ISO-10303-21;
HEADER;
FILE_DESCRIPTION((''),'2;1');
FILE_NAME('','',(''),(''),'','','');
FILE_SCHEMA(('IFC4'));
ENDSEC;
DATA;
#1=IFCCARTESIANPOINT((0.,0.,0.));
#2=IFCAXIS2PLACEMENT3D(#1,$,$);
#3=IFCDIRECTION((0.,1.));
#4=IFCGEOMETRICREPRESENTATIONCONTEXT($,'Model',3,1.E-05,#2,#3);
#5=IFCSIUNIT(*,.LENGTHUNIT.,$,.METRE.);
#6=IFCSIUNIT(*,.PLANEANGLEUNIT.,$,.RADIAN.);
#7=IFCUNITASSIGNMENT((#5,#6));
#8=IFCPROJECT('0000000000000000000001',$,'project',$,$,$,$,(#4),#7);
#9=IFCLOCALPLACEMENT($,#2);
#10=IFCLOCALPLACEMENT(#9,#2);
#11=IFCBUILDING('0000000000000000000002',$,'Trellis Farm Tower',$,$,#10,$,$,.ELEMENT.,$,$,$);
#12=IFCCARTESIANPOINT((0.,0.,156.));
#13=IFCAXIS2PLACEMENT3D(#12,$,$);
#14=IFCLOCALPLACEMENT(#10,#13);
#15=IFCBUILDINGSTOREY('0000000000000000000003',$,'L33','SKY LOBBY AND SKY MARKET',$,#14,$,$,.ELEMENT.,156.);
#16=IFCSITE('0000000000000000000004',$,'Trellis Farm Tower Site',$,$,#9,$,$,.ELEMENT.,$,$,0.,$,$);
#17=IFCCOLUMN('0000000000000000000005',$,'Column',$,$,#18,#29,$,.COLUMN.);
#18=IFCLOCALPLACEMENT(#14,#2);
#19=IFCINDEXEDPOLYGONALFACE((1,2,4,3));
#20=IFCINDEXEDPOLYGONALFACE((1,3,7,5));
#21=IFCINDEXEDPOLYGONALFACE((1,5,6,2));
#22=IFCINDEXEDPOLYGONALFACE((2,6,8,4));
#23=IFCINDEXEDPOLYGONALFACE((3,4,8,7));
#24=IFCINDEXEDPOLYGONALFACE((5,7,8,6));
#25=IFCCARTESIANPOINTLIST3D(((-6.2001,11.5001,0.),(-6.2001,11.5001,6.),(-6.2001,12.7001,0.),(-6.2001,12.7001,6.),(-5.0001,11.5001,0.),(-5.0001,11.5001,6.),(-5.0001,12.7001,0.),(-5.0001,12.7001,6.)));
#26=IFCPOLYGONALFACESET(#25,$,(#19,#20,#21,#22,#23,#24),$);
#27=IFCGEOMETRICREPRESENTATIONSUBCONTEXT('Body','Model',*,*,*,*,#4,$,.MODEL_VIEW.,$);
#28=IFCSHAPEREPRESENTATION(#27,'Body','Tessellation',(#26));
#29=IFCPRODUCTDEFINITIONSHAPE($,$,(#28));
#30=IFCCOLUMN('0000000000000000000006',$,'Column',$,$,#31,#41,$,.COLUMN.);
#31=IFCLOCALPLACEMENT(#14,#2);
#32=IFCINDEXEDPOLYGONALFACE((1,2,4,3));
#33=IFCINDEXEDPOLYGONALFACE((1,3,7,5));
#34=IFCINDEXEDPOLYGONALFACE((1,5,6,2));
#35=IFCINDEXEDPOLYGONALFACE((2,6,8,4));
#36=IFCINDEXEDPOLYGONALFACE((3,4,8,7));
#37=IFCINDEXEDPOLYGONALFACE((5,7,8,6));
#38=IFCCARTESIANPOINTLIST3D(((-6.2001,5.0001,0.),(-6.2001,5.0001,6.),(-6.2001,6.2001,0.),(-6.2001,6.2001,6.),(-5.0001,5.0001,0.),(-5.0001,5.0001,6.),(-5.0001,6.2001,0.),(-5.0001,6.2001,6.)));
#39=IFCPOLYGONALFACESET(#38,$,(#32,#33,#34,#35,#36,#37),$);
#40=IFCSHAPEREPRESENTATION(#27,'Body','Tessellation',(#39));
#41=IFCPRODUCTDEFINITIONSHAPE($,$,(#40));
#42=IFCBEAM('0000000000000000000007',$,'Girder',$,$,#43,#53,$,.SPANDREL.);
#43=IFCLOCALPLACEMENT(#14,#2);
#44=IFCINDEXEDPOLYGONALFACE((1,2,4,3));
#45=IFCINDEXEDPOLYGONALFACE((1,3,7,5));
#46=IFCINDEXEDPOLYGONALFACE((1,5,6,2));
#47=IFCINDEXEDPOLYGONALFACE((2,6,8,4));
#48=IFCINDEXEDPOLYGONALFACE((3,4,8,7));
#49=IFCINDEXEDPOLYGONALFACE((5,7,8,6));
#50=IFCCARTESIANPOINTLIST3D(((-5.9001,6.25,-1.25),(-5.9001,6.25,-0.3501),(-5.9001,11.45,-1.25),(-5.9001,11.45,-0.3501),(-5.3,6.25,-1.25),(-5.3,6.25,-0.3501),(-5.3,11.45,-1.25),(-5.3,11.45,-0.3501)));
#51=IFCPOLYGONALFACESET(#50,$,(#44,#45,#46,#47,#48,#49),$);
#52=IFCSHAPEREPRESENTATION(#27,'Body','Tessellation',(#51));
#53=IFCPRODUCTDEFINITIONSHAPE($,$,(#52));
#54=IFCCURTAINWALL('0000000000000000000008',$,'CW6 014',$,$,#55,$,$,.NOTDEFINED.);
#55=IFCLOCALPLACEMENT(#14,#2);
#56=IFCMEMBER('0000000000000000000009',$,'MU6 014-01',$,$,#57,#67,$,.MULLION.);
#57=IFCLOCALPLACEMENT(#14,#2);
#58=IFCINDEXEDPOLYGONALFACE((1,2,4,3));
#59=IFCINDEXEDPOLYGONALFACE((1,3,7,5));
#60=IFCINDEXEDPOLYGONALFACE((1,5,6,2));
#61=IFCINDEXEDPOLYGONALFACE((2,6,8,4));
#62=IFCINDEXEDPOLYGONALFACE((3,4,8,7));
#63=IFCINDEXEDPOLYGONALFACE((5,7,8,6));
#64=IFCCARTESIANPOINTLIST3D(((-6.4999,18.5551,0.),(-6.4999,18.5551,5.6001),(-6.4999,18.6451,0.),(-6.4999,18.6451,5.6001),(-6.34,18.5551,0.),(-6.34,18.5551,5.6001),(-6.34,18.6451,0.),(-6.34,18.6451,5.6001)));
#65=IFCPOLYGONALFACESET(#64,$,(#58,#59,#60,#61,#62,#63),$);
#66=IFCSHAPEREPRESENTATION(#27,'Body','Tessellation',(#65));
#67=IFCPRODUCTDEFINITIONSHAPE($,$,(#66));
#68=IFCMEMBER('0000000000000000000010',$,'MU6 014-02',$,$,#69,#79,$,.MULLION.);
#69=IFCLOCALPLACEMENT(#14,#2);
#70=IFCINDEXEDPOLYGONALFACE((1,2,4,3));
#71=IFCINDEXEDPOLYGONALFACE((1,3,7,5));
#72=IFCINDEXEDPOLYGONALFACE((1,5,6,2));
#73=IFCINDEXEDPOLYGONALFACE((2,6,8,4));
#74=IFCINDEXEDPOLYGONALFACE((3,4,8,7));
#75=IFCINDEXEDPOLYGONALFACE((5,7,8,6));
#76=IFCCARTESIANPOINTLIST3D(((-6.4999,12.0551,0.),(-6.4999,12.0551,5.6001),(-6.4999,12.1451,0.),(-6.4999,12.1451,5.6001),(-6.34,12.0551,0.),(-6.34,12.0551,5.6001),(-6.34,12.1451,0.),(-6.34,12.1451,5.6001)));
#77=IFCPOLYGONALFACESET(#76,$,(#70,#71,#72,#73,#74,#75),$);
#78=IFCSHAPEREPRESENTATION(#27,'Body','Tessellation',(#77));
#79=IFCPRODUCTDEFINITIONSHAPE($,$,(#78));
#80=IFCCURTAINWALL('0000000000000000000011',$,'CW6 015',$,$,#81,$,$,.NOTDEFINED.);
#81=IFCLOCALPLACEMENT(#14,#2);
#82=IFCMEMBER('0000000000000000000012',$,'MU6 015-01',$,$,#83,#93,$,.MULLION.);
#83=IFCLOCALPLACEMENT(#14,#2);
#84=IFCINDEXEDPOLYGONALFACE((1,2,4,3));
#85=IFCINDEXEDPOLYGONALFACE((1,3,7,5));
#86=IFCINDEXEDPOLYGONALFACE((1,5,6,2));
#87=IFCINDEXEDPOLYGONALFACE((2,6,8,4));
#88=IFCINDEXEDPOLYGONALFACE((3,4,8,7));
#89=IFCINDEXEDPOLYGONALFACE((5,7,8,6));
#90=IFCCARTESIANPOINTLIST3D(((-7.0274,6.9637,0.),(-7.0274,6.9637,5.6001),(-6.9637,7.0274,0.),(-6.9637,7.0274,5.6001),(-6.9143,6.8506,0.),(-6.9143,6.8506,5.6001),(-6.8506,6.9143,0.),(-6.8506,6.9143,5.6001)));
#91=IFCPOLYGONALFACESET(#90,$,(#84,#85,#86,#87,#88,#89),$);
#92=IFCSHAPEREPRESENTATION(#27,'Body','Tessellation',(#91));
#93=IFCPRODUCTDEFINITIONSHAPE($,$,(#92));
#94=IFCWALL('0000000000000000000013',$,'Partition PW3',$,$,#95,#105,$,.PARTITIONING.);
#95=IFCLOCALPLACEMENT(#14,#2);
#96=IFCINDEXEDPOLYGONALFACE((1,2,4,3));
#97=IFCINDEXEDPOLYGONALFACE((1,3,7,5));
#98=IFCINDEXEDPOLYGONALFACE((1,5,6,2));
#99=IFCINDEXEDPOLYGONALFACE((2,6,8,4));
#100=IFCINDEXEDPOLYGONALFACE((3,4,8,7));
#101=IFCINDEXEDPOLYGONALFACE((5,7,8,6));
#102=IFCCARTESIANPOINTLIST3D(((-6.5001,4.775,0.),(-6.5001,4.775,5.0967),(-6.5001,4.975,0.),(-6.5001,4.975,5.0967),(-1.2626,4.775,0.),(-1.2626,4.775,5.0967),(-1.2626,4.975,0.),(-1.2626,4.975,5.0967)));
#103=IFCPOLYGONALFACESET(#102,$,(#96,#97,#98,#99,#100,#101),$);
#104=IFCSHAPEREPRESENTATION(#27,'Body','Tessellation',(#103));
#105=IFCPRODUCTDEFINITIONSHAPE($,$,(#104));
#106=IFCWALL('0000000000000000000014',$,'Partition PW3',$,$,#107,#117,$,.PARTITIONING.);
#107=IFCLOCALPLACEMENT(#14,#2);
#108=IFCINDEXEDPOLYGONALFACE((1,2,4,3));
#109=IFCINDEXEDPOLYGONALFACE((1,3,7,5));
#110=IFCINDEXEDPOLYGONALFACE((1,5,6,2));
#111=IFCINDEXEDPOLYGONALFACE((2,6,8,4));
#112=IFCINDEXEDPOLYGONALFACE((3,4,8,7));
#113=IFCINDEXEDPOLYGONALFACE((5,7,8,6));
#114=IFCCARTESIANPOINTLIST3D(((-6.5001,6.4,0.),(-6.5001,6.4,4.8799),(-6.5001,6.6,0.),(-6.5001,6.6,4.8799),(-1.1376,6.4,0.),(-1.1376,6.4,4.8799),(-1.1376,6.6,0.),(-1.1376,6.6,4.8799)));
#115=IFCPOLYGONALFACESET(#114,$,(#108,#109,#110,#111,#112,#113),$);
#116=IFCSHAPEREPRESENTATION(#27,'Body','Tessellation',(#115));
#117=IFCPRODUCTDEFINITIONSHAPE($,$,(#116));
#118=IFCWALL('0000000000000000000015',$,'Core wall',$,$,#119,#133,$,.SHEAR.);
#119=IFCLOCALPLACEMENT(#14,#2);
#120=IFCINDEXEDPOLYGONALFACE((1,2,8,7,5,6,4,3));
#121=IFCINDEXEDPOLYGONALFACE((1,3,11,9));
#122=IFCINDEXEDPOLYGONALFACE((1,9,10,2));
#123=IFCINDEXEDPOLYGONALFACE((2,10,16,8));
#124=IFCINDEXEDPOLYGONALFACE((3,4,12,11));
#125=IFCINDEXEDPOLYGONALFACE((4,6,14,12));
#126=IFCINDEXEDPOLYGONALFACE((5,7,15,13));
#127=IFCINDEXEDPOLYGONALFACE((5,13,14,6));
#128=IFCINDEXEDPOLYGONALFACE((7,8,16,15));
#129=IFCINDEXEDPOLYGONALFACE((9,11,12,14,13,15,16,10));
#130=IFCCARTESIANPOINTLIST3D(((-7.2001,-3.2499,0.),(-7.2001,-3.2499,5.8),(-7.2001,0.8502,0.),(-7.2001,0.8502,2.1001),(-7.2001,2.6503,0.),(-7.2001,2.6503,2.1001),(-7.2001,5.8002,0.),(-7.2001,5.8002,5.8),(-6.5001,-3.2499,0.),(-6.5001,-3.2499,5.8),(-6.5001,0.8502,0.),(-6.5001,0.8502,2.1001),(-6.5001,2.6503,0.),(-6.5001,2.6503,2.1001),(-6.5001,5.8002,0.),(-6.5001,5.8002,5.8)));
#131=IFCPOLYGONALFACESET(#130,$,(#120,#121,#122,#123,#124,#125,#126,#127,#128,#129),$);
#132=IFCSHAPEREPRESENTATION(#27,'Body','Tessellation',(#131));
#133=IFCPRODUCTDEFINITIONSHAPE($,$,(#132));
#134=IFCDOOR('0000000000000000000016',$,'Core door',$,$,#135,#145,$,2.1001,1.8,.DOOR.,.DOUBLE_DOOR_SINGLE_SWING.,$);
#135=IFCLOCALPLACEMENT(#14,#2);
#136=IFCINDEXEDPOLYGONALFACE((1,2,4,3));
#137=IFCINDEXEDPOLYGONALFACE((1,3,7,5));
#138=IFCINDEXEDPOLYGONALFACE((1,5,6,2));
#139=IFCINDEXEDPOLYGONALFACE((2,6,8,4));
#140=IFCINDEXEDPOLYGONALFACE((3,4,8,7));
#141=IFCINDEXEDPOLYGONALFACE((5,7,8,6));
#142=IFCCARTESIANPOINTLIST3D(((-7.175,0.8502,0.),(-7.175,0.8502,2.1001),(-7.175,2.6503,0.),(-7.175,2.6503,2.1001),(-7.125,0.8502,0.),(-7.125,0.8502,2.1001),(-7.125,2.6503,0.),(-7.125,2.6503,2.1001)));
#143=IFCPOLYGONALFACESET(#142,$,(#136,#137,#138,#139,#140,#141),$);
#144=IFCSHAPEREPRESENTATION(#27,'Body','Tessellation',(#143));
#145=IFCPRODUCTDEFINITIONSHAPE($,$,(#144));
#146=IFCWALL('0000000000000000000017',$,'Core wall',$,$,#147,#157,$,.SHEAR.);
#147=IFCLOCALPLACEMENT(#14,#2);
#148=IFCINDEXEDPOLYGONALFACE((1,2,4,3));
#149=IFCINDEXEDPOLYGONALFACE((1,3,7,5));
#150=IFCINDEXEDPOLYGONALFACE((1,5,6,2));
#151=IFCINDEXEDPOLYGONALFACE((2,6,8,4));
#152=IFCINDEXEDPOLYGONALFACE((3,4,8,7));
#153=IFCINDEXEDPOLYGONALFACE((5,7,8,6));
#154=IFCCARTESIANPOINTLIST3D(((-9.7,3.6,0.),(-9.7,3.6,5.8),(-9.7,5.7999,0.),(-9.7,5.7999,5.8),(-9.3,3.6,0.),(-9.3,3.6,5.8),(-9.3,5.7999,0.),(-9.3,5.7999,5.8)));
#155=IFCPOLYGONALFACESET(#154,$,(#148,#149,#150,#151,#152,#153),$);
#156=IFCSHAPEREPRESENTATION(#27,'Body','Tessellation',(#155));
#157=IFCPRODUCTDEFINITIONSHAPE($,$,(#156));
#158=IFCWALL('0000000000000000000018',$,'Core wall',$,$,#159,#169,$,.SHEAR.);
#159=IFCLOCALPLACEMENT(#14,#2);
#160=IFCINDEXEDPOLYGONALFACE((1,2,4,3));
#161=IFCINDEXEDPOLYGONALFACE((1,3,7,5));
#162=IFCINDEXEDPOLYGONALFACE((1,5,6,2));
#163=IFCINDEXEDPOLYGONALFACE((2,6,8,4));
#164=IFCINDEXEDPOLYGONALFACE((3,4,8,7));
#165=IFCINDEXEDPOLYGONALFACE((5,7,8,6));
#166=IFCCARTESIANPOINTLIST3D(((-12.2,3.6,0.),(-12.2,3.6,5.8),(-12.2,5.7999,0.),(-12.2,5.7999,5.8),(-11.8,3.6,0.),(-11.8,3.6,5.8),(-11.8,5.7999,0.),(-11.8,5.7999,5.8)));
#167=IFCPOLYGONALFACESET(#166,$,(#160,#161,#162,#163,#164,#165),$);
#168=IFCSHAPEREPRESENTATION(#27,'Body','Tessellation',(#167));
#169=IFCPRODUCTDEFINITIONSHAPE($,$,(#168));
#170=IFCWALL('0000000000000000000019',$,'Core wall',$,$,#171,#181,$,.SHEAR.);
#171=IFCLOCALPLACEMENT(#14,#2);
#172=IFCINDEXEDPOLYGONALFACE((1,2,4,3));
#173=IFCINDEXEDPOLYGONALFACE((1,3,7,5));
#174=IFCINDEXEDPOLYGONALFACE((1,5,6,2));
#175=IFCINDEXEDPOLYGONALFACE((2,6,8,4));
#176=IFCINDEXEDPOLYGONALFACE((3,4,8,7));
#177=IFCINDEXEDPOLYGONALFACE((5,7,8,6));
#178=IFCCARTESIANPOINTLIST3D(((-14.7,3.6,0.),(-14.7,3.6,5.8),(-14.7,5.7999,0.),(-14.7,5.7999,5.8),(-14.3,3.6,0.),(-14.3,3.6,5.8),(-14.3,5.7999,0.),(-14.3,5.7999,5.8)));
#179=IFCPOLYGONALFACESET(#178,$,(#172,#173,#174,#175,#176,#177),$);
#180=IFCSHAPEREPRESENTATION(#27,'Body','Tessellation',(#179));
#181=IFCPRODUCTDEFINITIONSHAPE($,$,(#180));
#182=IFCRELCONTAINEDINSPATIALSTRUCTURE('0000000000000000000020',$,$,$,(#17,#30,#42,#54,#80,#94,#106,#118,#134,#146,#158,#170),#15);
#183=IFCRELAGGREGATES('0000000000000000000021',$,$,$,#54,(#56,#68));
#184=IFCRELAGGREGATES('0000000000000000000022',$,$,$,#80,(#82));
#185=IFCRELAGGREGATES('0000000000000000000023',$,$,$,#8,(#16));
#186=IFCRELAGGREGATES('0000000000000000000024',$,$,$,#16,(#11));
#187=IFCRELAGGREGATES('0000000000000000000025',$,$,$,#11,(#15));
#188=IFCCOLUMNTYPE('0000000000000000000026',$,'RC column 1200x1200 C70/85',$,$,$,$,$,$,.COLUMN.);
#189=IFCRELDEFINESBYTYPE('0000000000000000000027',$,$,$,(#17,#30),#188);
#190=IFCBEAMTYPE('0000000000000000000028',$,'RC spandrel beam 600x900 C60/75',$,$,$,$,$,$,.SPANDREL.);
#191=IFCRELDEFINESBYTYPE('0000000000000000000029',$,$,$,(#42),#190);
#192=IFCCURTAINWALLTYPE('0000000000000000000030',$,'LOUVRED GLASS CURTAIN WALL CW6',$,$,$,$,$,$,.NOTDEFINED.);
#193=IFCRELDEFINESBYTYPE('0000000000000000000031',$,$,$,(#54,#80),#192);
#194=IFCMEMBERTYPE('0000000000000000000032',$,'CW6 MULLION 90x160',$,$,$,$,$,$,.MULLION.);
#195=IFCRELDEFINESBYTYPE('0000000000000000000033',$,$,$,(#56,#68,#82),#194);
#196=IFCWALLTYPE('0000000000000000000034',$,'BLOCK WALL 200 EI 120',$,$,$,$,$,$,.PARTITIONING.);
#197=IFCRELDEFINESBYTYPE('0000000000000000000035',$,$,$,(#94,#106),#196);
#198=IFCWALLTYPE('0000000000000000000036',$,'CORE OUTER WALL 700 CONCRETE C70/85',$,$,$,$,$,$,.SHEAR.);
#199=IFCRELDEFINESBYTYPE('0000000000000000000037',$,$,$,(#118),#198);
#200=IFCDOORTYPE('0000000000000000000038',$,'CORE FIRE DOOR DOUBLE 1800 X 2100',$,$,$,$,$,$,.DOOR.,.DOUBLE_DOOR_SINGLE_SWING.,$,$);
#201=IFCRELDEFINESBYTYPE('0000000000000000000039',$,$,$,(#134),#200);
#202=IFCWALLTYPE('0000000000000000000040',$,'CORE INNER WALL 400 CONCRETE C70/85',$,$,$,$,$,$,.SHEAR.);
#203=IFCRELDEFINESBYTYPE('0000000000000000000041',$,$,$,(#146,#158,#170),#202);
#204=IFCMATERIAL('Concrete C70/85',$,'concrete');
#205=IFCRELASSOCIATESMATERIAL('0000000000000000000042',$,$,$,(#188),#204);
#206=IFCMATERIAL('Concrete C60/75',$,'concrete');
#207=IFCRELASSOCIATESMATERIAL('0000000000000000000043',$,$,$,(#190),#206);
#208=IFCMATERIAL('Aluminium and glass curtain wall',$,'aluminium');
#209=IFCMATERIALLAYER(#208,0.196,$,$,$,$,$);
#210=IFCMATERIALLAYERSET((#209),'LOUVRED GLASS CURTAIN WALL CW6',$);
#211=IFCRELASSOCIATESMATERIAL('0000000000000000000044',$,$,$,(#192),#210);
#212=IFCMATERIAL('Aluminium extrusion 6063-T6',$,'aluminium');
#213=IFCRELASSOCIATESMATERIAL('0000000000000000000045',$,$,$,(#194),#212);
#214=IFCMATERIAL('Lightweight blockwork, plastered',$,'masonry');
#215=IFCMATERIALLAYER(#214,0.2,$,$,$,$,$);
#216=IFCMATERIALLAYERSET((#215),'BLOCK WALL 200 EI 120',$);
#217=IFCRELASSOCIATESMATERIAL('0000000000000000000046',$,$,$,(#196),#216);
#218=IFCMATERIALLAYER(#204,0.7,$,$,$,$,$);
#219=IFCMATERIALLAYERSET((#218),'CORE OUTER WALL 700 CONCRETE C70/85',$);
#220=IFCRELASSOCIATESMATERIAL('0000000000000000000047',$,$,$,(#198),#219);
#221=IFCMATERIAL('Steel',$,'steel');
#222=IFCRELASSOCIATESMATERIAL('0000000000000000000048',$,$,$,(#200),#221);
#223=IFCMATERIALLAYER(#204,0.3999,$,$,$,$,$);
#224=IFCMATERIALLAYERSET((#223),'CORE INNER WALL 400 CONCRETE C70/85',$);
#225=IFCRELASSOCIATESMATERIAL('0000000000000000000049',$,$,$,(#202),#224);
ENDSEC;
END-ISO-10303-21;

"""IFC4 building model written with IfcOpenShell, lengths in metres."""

from ifc_helpers import new_model, si_unit, direction, frame, frame_2d, origin, origin_2d, place, context, subcontext, project, spatial, rectangle, extrude, source, transform, mapped, material, layer, layer_set, material_profile, profile_set, type_object, element, fill, aggregate, save


model = new_model("IFC4")

# Units and contexts
model_context = context("Model", 3, precision=1e-05, world=origin(), true_north=direction((0.0, 1.0)))
body_context = subcontext(model_context, "Body", "Model", "MODEL_VIEW")
ifc_project = project(units=[si_unit("LENGTHUNIT", "METRE"), si_unit("PLANEANGLEUNIT", "RADIAN")], contexts=[model_context])

# Site, building, storey
site_placement = place(None, origin())
site = spatial("IfcSite", under=ifc_project, at=site_placement, Name="Trellis Farm Tower Site", CompositionType="ELEMENT", RefElevation=0.0)
building_placement = place(site_placement, origin())
building = spatial("IfcBuilding", under=site, at=building_placement, Name="Trellis Farm Tower", CompositionType="ELEMENT")
storey_placement = place(building_placement, frame((0.0, 0.0, 156.0)))
storey = spatial("IfcBuildingStorey", under=building, at=storey_placement, Name="L33", Description="SKY LOBBY AND SKY MARKET", CompositionType="ELEMENT", Elevation=156.0)

# Columns
ifc_material_1 = material(Name="Concrete C70/85", Category="concrete")
ifc_material_profile_1 = material_profile(ifc_material_1, rectangle(XDim=1.2, YDim=1.2, at=origin_2d()), Name="RC column 1200x1200 C70/85")
ifc_profile_set_1 = profile_set([ifc_material_profile_1], Name="Concrete C70/85")
column_type = type_object("IfcColumnType", Name="RC column 1200x1200 C70/85", PredefinedType="COLUMN", material=ifc_profile_set_1)
shared_shape_1 = source(origin(), body_context, "Body", "SweptSolid", [
    extrude(rectangle(XDim=1.2, YDim=1.2, at=origin_2d()), origin(), (0.0, 0.0, 1.0), 6.0),
])
for number, where, z_axis, x_axis, name in (
    (1, (-5.6001, 12.1001, 0.0), (0.0, 0.0, 1.0), (1.0, 0.0, 0.0), "Column"),
    (2, (-5.6001, 5.6001, 0.0), (0.0, 0.0, 1.0), (1.0, 0.0, 0.0), "Column"),
):
    element("IfcColumn", number, at=place(storey_placement, frame(where, z_axis=z_axis, x_axis=x_axis)), inside=storey, type_object=column_type, Name=name, PredefinedType="COLUMN", context=body_context, shape_type="MappedRepresentation", body=[
        mapped(shared_shape_1, transform((0.0, 0.0, 0.0))),
    ])

# Beam
ifc_material_2 = material(Name="Concrete C60/75", Category="concrete")
ifc_material_profile_2 = material_profile(ifc_material_2, rectangle(XDim=0.6001, YDim=0.8999, at=origin_2d()), Name="RC spandrel beam 600x900 C60/75")
ifc_profile_set_2 = profile_set([ifc_material_profile_2], Name="Concrete C60/75")
beam_type = type_object("IfcBeamType", Name="RC spandrel beam 600x900 C60/75", PredefinedType="SPANDREL", material=ifc_profile_set_2)
shared_shape_2 = source(origin(), body_context, "Body", "SweptSolid", [
    extrude(rectangle(XDim=0.6001, YDim=0.8999, at=origin_2d()), origin(), (0.0, 0.0, 1.0), 5.2),
])
beam_placement = place(storey_placement, frame((-5.6001, 6.25, -0.8), z_axis=(0.0, 1.0, 0.0), x_axis=(-1.0, 0.0, 0.0)))
element("IfcBeam", 3, at=beam_placement, inside=storey, type_object=beam_type, Name="Girder", PredefinedType="SPANDREL", context=body_context, shape_type="MappedRepresentation", body=[
    mapped(shared_shape_2, transform((0.0, 0.0, 0.0))),
])

# Curtain wall, members
ifc_material_3 = material(Name="Aluminium and glass curtain wall", Category="aluminium")
ifc_layer_1 = layer(ifc_material_3, 0.196)
ifc_layer_set_1 = layer_set([ifc_layer_1], Name="LOUVRED GLASS CURTAIN WALL CW6")
curtain_wall_type = type_object("IfcCurtainWallType", Name="LOUVRED GLASS CURTAIN WALL CW6", PredefinedType="NOTDEFINED", material=ifc_layer_set_1)
placement = place(storey_placement, origin())
curtain_wall_1 = element("IfcCurtainWall", 4, at=placement, inside=storey, type_object=curtain_wall_type, Name="CW6 014", PredefinedType="NOTDEFINED")
ifc_material_4 = material(Name="Aluminium extrusion 6063-T6", Category="aluminium")
ifc_material_profile_3 = material_profile(ifc_material_4, rectangle(XDim=0.0901, YDim=0.1599, at=origin_2d()), Name="MULLION 90x160")
ifc_profile_set_3 = profile_set([ifc_material_profile_3], Name="Aluminium extrusion 6063-T6")
member_type = type_object("IfcMemberType", Name="CW6 MULLION 90x160", PredefinedType="MULLION", material=ifc_profile_set_3)
shared_shape_3 = source(origin(), body_context, "Body", "SweptSolid", [
    extrude(rectangle(XDim=0.0901, YDim=0.1599, at=origin_2d()), origin(), (0.0, 0.0, 1.0), 5.6001),
])
member_1_placement = place(storey_placement, frame((-6.4199, 18.6001, 0.0), z_axis=(0.0, 0.0, 1.0), x_axis=(0.0, -1.0, 0.0)))
member_1 = element("IfcMember", 5, at=member_1_placement, type_object=member_type, Name="MU6 014-01", PredefinedType="MULLION", context=body_context, shape_type="MappedRepresentation", body=[
    mapped(shared_shape_3, transform((0.0, 0.0, 0.0))),
])
member_2_placement = place(storey_placement, frame((-6.4199, 12.1001, 0.0), z_axis=(0.0, 0.0, 1.0), x_axis=(0.0, -1.0, 0.0)))
member_2 = element("IfcMember", 6, at=member_2_placement, type_object=member_type, Name="MU6 014-02", PredefinedType="MULLION", context=body_context, shape_type="MappedRepresentation", body=[
    mapped(shared_shape_3, transform((0.0, 0.0, 0.0))),
])
aggregate(curtain_wall_1, [member_1, member_2])

# Curtain wall, member
curtain_wall_2 = element("IfcCurtainWall", 7, at=placement, inside=storey, type_object=curtain_wall_type, Name="CW6 015", PredefinedType="NOTDEFINED")
member_3_placement = place(storey_placement, frame((-6.939, 6.939, 0.0), z_axis=(0.0, 0.0, 1.0), x_axis=(-0.707107, -0.707107, 0.0)))
member_3 = element("IfcMember", 8, at=member_3_placement, type_object=member_type, Name="MU6 015-01", PredefinedType="MULLION", context=body_context, shape_type="MappedRepresentation", body=[
    mapped(shared_shape_3, transform((0.0, 0.0, 0.0))),
])
aggregate(curtain_wall_2, [member_3])

# Walls
ifc_material_5 = material(Name="Lightweight blockwork, plastered", Category="masonry")
ifc_layer_2 = layer(ifc_material_5, 0.2)
ifc_layer_set_2 = layer_set([ifc_layer_2], Name="BLOCK WALL 200 EI 120")
wall_type_1 = type_object("IfcWallType", Name="BLOCK WALL 200 EI 120", PredefinedType="PARTITIONING", material=ifc_layer_set_2)
wall_1_placement = place(storey_placement, frame((-6.5, 4.875, 0.0), z_axis=(0.0, 0.0, 1.0), x_axis=(1.0, 0.0, 0.0)))
element("IfcWall", 9, at=wall_1_placement, inside=storey, type_object=wall_type_1, Name="Partition PW3", PredefinedType="PARTITIONING", context=body_context, shape_type="SweptSolid", body=[
    extrude(rectangle(XDim=5.2375, YDim=0.2, at=frame_2d((2.6187, 0.0))), origin(), (0.0, 0.0, 1.0), 5.0967),
])
wall_2_placement = place(storey_placement, frame((-6.5, 6.5, 0.0), z_axis=(0.0, 0.0, 1.0), x_axis=(1.0, 0.0, 0.0)))
element("IfcWall", 10, at=wall_2_placement, inside=storey, type_object=wall_type_1, Name="Partition PW3", PredefinedType="PARTITIONING", context=body_context, shape_type="SweptSolid", body=[
    extrude(rectangle(XDim=5.3625, YDim=0.2, at=frame_2d((2.6812, 0.0))), origin(), (0.0, 0.0, 1.0), 4.8799),
])

# Wall, opening, door
ifc_layer_3 = layer(ifc_material_1, 0.7)
ifc_layer_set_3 = layer_set([ifc_layer_3], Name="CORE OUTER WALL 700 CONCRETE C70/85")
wall_type_2 = type_object("IfcWallType", Name="CORE OUTER WALL 700 CONCRETE C70/85", PredefinedType="SHEAR", material=ifc_layer_set_3)
shared_shape_4 = source(origin(), body_context, "Body", "SweptSolid", [
    extrude(rectangle(XDim=9.05, YDim=0.7, at=frame_2d((4.5249, 0.0))), origin(), (0.0, 0.0, 1.0), 5.8),
])
wall_3_placement = place(storey_placement, frame((-6.8501, 5.8, 0.0), z_axis=(0.0, 0.0, 1.0), x_axis=(0.0, -1.0, 0.0)))
wall_3 = element("IfcWall", 11, at=wall_3_placement, inside=storey, type_object=wall_type_2, Name="Core wall", PredefinedType="SHEAR", context=body_context, shape_type="MappedRepresentation", body=[
    mapped(shared_shape_4, transform((0.0, 0.0, 0.0))),
])
shared_shape_5 = source(origin(), body_context, "Body", "SweptSolid", [
    extrude(rectangle(XDim=1.8, YDim=2.1001, at=frame_2d((0.8999, 1.05))), frame((0.0, 0.3601, 0.0), z_axis=(0.0, -1.0, 0.0), x_axis=(1.0, 0.0, 0.0)), (0.0, 0.0, 1.0), 0.7202),
])
opening_1_placement = place(wall_3_placement, frame((3.1499, 0.0, 0.0)))
opening_1 = element("IfcOpeningElement", 12, at=opening_1_placement, cuts=wall_3, PredefinedType="OPENING", context=body_context, shape_type="MappedRepresentation", body=[
    mapped(shared_shape_5, transform((0.0, 0.0, 0.0))),
])
ifc_material_6 = material(Name="Steel", Category="steel")
door_type_1 = type_object("IfcDoorType", Name="CORE FIRE DOOR DOUBLE 1800 X 2100", OperationType="DOUBLE_DOOR_SINGLE_SWING", PredefinedType="DOOR", material=ifc_material_6)
shared_shape_6 = source(origin(), body_context, "Body", "SweptSolid", [
    extrude(rectangle(XDim=1.8, YDim=2.1001, at=frame_2d((0.8999, 1.05))), frame((0.0, -0.2749, 0.0), z_axis=(0.0, -1.0, 0.0), x_axis=(1.0, 0.0, 0.0)), (0.0, 0.0, 1.0), 0.05),
])
door_1_placement = place(opening_1_placement, origin())
door_1 = element("IfcDoor", 13, at=door_1_placement, inside=storey, type_object=door_type_1, Name="Core door", OperationType="DOUBLE_DOOR_SINGLE_SWING", OverallHeight=2.1001, OverallWidth=1.8, PredefinedType="DOOR", context=body_context, shape_type="MappedRepresentation", body=[
    mapped(shared_shape_6, transform((0.0, 0.0, 0.0))),
])
fill(opening_1, door_1)

# Walls
ifc_layer_4 = layer(ifc_material_1, 0.3999)
ifc_layer_set_4 = layer_set([ifc_layer_4], Name="CORE INNER WALL 400 CONCRETE C70/85")
wall_type_3 = type_object("IfcWallType", Name="CORE INNER WALL 400 CONCRETE C70/85", PredefinedType="SHEAR", material=ifc_layer_set_4)
shared_shape_7 = source(origin(), body_context, "Body", "SweptSolid", [
    extrude(rectangle(XDim=2.2, YDim=0.3999, at=frame_2d((1.1001, 0.0))), origin(), (0.0, 0.0, 1.0), 5.8),
])
for number, where, z_axis, x_axis, name in (
    (14, (-9.5, 5.8, 0.0), (0.0, 0.0, 1.0), (0.0, -1.0, 0.0), "Core wall"),
    (15, (-12.0, 5.8, 0.0), (0.0, 0.0, 1.0), (0.0, -1.0, 0.0), "Core wall"),
    (16, (-14.5, 5.8, 0.0), (0.0, 0.0, 1.0), (0.0, -1.0, 0.0), "Core wall"),
):
    element("IfcWall", number, at=place(storey_placement, frame(where, z_axis=z_axis, x_axis=x_axis)), inside=storey, type_object=wall_type_3, Name=name, PredefinedType="SHEAR", context=body_context, shape_type="MappedRepresentation", body=[
        mapped(shared_shape_7, transform((0.0, 0.0, 0.0))),
    ])

save(model, "model.ifc")
